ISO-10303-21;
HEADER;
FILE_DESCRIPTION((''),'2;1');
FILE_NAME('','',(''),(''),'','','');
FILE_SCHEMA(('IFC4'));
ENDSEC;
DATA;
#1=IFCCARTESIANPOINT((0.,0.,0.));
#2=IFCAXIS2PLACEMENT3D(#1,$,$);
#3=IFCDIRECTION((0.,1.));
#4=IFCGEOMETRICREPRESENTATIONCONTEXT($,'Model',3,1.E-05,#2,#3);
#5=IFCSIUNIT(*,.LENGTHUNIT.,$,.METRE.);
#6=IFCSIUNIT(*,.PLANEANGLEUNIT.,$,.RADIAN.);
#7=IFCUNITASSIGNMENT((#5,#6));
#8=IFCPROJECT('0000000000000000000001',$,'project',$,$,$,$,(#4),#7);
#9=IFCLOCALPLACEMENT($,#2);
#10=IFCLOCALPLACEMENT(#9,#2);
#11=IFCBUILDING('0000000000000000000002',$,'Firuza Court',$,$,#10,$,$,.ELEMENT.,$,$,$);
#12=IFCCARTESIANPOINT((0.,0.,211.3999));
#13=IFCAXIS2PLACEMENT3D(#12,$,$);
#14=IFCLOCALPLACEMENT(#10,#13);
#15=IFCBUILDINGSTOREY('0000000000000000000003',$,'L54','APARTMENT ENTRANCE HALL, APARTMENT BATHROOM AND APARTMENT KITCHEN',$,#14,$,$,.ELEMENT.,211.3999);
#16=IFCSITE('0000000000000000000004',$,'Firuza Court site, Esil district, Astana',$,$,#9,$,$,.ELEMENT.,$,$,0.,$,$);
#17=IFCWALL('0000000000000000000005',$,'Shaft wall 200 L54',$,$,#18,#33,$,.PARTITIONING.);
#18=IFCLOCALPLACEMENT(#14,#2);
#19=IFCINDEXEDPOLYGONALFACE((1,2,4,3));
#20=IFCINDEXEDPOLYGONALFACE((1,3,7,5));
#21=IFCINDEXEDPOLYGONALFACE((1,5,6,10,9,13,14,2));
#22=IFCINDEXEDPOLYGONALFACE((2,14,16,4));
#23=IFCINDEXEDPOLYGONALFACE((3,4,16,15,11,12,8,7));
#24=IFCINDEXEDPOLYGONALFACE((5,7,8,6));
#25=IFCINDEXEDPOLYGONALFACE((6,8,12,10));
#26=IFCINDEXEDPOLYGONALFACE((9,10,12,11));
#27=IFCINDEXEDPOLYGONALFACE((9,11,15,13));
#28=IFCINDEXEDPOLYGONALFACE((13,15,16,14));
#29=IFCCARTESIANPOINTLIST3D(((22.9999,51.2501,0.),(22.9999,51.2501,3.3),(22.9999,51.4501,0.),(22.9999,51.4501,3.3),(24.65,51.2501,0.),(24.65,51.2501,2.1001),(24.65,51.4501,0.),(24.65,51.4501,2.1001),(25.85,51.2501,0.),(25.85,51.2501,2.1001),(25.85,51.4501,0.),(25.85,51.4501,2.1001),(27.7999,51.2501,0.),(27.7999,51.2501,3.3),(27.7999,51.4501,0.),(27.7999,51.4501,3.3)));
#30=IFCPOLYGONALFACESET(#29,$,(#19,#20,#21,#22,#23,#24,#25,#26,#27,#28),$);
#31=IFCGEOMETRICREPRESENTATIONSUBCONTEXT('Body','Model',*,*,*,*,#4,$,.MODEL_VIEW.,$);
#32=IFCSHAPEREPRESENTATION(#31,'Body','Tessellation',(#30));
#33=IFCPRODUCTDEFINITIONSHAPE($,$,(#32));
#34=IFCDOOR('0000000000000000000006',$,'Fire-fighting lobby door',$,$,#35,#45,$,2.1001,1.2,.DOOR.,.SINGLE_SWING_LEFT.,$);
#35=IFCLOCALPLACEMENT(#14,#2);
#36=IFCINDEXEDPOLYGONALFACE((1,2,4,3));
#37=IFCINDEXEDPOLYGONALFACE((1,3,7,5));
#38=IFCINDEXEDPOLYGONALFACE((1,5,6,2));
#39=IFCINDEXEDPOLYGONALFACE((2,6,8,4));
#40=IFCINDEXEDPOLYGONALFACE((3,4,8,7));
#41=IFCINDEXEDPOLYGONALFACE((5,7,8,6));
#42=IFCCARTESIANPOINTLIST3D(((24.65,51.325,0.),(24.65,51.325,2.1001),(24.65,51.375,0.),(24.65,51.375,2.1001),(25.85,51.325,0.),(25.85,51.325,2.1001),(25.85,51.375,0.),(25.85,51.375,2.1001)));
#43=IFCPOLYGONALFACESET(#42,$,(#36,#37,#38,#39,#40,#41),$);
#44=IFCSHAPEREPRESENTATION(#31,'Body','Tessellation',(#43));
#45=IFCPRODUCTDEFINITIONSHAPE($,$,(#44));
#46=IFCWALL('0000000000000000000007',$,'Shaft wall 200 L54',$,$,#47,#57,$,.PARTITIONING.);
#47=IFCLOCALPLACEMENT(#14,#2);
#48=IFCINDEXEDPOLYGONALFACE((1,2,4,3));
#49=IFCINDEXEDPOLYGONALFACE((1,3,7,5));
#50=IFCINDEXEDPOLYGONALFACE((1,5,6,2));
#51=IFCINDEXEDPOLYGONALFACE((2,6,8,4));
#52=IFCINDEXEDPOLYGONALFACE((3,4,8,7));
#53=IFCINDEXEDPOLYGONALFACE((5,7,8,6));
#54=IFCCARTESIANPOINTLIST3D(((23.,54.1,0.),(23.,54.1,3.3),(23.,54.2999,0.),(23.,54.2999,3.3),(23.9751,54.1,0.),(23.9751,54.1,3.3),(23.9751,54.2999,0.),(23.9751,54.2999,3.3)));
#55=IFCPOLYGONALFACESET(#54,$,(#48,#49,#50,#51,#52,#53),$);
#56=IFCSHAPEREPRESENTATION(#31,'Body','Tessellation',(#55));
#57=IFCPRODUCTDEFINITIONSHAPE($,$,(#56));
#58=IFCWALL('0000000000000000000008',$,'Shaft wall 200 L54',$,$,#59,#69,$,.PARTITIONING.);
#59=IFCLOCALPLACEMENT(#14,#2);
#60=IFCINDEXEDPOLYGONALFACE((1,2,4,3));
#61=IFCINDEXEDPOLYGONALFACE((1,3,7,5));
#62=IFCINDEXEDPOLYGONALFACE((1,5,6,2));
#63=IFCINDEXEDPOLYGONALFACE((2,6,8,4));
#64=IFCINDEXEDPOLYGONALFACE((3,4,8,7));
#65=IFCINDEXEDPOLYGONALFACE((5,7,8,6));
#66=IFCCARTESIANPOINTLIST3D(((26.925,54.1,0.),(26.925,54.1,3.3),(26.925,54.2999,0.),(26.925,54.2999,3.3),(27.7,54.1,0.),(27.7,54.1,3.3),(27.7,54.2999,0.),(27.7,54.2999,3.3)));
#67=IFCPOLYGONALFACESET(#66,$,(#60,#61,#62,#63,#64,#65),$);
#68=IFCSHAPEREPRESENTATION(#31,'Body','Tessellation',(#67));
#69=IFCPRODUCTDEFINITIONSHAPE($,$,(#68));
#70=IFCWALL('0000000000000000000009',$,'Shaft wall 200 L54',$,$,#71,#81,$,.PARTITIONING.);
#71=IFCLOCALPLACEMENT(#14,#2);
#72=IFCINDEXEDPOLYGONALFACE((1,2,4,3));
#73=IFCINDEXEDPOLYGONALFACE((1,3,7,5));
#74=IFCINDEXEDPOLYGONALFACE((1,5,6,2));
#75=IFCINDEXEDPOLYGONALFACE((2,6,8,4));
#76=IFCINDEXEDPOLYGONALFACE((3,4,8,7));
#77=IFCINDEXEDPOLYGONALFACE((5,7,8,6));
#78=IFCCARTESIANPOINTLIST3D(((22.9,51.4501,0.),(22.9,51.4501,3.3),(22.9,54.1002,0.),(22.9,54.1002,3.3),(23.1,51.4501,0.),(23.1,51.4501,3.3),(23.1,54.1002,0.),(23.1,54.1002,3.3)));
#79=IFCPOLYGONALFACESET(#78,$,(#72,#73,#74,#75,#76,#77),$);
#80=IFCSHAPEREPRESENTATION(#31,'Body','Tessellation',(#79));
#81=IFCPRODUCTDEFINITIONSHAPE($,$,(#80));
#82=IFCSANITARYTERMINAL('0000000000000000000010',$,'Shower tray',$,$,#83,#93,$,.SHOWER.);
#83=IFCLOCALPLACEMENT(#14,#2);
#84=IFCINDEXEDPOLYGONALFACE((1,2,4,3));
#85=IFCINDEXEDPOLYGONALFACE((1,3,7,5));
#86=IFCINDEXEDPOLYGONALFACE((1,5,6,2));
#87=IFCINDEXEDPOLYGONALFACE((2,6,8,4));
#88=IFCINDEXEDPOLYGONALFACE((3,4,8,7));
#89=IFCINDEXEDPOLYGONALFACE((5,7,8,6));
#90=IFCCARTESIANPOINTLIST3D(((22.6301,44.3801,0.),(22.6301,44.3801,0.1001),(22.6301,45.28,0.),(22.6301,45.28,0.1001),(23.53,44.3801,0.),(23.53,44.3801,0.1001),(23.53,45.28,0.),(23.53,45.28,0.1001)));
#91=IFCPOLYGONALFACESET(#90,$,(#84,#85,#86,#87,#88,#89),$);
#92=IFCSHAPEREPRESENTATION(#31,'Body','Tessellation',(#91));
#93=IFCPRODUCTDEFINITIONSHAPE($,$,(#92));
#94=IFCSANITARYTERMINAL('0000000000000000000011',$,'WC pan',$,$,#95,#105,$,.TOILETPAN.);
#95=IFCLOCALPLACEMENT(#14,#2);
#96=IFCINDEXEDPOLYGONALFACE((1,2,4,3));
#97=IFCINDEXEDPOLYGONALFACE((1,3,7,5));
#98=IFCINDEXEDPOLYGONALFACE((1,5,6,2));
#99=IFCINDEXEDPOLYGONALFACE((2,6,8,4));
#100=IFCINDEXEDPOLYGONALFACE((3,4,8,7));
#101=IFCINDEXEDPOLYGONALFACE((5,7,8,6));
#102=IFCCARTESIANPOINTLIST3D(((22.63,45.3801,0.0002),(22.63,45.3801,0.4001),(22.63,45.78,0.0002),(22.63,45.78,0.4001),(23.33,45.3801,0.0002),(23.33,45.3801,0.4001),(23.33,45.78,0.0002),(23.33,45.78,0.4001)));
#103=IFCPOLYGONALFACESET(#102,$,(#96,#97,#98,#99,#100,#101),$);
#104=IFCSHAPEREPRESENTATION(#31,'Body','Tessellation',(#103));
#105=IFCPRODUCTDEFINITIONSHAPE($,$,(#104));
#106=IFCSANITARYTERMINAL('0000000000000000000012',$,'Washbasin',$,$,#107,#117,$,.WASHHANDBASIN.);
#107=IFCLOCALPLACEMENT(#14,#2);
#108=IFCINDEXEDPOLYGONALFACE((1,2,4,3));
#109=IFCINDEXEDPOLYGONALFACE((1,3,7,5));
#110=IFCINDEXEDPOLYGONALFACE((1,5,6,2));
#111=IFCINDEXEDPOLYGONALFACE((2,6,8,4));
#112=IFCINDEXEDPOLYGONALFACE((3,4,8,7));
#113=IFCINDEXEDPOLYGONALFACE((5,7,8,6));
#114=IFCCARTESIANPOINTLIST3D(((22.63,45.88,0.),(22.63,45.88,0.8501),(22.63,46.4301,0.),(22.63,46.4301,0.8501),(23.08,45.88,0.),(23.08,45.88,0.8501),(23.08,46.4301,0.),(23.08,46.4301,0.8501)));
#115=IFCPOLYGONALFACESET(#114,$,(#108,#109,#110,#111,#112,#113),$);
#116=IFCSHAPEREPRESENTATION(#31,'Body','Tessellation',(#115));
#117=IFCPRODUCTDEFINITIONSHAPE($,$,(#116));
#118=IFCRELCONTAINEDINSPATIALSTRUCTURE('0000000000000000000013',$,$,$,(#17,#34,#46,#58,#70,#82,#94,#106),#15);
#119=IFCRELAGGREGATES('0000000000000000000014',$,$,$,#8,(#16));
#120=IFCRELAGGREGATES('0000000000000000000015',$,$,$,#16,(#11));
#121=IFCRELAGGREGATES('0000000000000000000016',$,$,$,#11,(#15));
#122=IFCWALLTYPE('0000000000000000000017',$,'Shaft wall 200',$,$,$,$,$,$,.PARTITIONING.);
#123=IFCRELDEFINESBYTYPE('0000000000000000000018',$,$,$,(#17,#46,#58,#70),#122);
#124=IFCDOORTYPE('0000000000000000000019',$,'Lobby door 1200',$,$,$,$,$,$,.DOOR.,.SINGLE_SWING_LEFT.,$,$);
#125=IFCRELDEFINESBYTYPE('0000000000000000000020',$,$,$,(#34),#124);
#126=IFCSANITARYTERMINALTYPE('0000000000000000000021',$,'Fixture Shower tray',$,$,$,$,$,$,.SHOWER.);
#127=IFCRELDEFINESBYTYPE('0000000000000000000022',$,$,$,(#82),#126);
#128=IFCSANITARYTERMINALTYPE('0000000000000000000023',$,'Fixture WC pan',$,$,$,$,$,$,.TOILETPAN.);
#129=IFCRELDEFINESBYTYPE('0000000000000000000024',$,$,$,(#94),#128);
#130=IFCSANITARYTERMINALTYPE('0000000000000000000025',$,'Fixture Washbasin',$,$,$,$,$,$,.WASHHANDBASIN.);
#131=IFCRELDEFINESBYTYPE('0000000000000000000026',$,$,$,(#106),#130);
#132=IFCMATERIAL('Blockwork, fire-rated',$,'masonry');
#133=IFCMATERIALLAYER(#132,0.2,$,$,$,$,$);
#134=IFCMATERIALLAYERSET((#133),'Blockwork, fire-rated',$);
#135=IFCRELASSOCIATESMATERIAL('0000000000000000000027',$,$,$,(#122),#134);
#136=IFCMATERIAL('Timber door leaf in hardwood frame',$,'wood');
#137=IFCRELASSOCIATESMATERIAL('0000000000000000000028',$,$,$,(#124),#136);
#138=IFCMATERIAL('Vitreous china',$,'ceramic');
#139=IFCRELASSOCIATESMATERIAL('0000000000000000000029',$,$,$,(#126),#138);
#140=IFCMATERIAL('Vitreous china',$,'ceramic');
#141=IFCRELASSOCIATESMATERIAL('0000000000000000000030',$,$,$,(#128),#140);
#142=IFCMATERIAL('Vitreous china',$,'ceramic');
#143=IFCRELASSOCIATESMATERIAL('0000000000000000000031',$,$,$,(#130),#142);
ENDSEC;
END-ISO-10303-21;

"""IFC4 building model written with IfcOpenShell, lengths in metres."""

from ifc_helpers import new_model, si_unit, direction, frame, frame_2d, origin, origin_2d, place, context, subcontext, project, spatial, rectangle, extrude, material, layer, layer_set, type_object, element, fill, save


model = new_model("IFC4")

# Units and contexts
model_context = context("Model", 3, precision=1e-05, world=origin(), true_north=direction((0.0, 1.0)))
body_context = subcontext(model_context, "Body", "Model", "MODEL_VIEW")
ifc_project = project(units=[si_unit("LENGTHUNIT", "METRE"), si_unit("PLANEANGLEUNIT", "RADIAN")], contexts=[model_context])

# Site, building, storey
site_placement = place(None, origin())
site = spatial("IfcSite", under=ifc_project, at=site_placement, Name="Firuza Court site, Esil district, Astana", CompositionType="ELEMENT", RefElevation=0.0)
building_placement = place(site_placement, origin())
building = spatial("IfcBuilding", under=site, at=building_placement, Name="Firuza Court", CompositionType="ELEMENT")
storey_placement = place(building_placement, frame((0.0, 0.0, 211.3999)))
storey = spatial("IfcBuildingStorey", under=building, at=storey_placement, Name="L54", Description="APARTMENT ENTRANCE HALL, APARTMENT BATHROOM AND APARTMENT KITCHEN", CompositionType="ELEMENT", Elevation=211.3999)

# Shared definitions
ifc_material_1 = material(Name="Blockwork, fire-rated", Category="masonry")

# Wall, opening, door
ifc_layer_1 = layer(ifc_material_1, 0.2)
ifc_layer_set_1 = layer_set([ifc_layer_1], Name="Blockwork, fire-rated")
wall_type_1 = type_object("IfcWallType", Name="Shaft wall 200", PredefinedType="PARTITIONING", material=ifc_layer_set_1)
wall_1_placement = place(storey_placement, frame((23.0, 51.3501, 0.0), z_axis=(0.0, 0.0, 1.0), x_axis=(1.0, 0.0, 0.0)))
wall_1 = element("IfcWall", 1, at=wall_1_placement, inside=storey, type_object=wall_type_1, Name="Shaft wall 200 L54", PredefinedType="PARTITIONING", context=body_context, shape_type="SweptSolid", body=[
    extrude(rectangle(XDim=4.8, YDim=0.2, at=frame_2d((2.3999, 0.0))), origin(), (0.0, 0.0, 1.0), 3.3),
])
opening_1_placement = place(wall_1_placement, frame((1.6499, 0.0, 0.0)))
opening_1 = element("IfcOpeningElement", 2, at=opening_1_placement, cuts=wall_1, PredefinedType="OPENING", context=body_context, shape_type="SweptSolid", body=[
    extrude(rectangle(XDim=1.2, YDim=2.1001, at=frame_2d((0.6001, 1.05))), frame((0.0, 0.1118, 0.0), z_axis=(0.0, -1.0, 0.0), x_axis=(1.0, 0.0, 0.0)), (0.0, 0.0, 1.0), 0.2239),
])
ifc_material_2 = material(Name="Timber door leaf in hardwood frame", Category="wood")
door_type_1 = type_object("IfcDoorType", Name="Lobby door 1200", OperationType="SINGLE_SWING_LEFT", PredefinedType="DOOR", material=ifc_material_2)
door_1_placement = place(opening_1_placement, origin())
door_1 = element("IfcDoor", 3, at=door_1_placement, inside=storey, type_object=door_type_1, Name="Fire-fighting lobby door", OperationType="SINGLE_SWING_LEFT", OverallHeight=2.1001, OverallWidth=1.2, PredefinedType="DOOR", context=body_context, shape_type="SweptSolid", body=[
    extrude(rectangle(XDim=1.2, YDim=2.1001, at=frame_2d((0.6001, 1.05))), frame((0.0, 0.0249, 0.0), z_axis=(0.0, -1.0, 0.0), x_axis=(1.0, 0.0, 0.0)), (0.0, 0.0, 1.0), 0.05),
])
fill(opening_1, door_1)

# Walls
wall_2_placement = place(storey_placement, frame((23.0, 54.2, 0.0), z_axis=(0.0, 0.0, 1.0), x_axis=(1.0, 0.0, 0.0)))
element("IfcWall", 4, at=wall_2_placement, inside=storey, type_object=wall_type_1, Name="Shaft wall 200 L54", PredefinedType="PARTITIONING", context=body_context, shape_type="SweptSolid", body=[
    extrude(rectangle(XDim=0.9751, YDim=0.2, at=frame_2d((0.4875, 0.0))), origin(), (0.0, 0.0, 1.0), 3.3),
])
wall_3_placement = place(storey_placement, frame((26.925, 54.2, 0.0), z_axis=(0.0, 0.0, 1.0), x_axis=(1.0, 0.0, 0.0)))
element("IfcWall", 5, at=wall_3_placement, inside=storey, type_object=wall_type_1, Name="Shaft wall 200 L54", PredefinedType="PARTITIONING", context=body_context, shape_type="SweptSolid", body=[
    extrude(rectangle(XDim=0.7749, YDim=0.2, at=frame_2d((0.3875, 0.0))), origin(), (0.0, 0.0, 1.0), 3.3),
])
wall_4_placement = place(storey_placement, frame((23.0, 51.45, 0.0), z_axis=(0.0, 0.0, 1.0), x_axis=(0.0, 1.0, 0.0)))
element("IfcWall", 6, at=wall_4_placement, inside=storey, type_object=wall_type_1, Name="Shaft wall 200 L54", PredefinedType="PARTITIONING", context=body_context, shape_type="SweptSolid", body=[
    extrude(rectangle(XDim=2.6501, YDim=0.2, at=frame_2d((1.3252, 0.0))), origin(), (0.0, 0.0, 1.0), 3.3),
])

# Sanitary terminals
ifc_material_3 = material(Name="Vitreous china", Category="ceramic")
sanitary_terminal_type_1 = type_object("IfcSanitaryTerminalType", Name="Fixture Shower tray", PredefinedType="SHOWER", material=ifc_material_3)
sanitary_terminal_1_placement = place(storey_placement, frame((23.0801, 44.8301, 0.0), z_axis=(0.0, 0.0, 1.0), x_axis=(1.0, 0.0, 0.0)))
element("IfcSanitaryTerminal", 7, at=sanitary_terminal_1_placement, inside=storey, type_object=sanitary_terminal_type_1, Name="Shower tray", PredefinedType="SHOWER", context=body_context, shape_type="SweptSolid", body=[
    extrude(rectangle(XDim=0.8999, YDim=0.8999, at=origin_2d()), origin(), (0.0, 0.0, 1.0), 0.1001),
])
ifc_material_4 = material(Name="Vitreous china", Category="ceramic")
sanitary_terminal_type_2 = type_object("IfcSanitaryTerminalType", Name="Fixture WC pan", PredefinedType="TOILETPAN", material=ifc_material_4)
sanitary_terminal_2_placement = place(storey_placement, frame((22.98, 45.5801, 0.0002), z_axis=(0.0, 0.0, 1.0), x_axis=(1.0, 0.0, 0.0)))
element("IfcSanitaryTerminal", 8, at=sanitary_terminal_2_placement, inside=storey, type_object=sanitary_terminal_type_2, Name="WC pan", PredefinedType="TOILETPAN", context=body_context, shape_type="SweptSolid", body=[
    extrude(rectangle(XDim=0.7, YDim=0.3999, at=origin_2d()), origin(), (0.0, 0.0, 1.0), 0.3999),
])
ifc_material_5 = material(Name="Vitreous china", Category="ceramic")
sanitary_terminal_type_3 = type_object("IfcSanitaryTerminalType", Name="Fixture Washbasin", PredefinedType="WASHHANDBASIN", material=ifc_material_5)
sanitary_terminal_3_placement = place(storey_placement, frame((22.855, 46.155, 0.0), z_axis=(0.0, 0.0, 1.0), x_axis=(1.0, 0.0, 0.0)))
element("IfcSanitaryTerminal", 9, at=sanitary_terminal_3_placement, inside=storey, type_object=sanitary_terminal_type_3, Name="Washbasin", PredefinedType="WASHHANDBASIN", context=body_context, shape_type="SweptSolid", body=[
    extrude(rectangle(XDim=0.45, YDim=0.55, at=origin_2d()), origin(), (0.0, 0.0, 1.0), 0.8501),
])

save(model, "model.ifc")
